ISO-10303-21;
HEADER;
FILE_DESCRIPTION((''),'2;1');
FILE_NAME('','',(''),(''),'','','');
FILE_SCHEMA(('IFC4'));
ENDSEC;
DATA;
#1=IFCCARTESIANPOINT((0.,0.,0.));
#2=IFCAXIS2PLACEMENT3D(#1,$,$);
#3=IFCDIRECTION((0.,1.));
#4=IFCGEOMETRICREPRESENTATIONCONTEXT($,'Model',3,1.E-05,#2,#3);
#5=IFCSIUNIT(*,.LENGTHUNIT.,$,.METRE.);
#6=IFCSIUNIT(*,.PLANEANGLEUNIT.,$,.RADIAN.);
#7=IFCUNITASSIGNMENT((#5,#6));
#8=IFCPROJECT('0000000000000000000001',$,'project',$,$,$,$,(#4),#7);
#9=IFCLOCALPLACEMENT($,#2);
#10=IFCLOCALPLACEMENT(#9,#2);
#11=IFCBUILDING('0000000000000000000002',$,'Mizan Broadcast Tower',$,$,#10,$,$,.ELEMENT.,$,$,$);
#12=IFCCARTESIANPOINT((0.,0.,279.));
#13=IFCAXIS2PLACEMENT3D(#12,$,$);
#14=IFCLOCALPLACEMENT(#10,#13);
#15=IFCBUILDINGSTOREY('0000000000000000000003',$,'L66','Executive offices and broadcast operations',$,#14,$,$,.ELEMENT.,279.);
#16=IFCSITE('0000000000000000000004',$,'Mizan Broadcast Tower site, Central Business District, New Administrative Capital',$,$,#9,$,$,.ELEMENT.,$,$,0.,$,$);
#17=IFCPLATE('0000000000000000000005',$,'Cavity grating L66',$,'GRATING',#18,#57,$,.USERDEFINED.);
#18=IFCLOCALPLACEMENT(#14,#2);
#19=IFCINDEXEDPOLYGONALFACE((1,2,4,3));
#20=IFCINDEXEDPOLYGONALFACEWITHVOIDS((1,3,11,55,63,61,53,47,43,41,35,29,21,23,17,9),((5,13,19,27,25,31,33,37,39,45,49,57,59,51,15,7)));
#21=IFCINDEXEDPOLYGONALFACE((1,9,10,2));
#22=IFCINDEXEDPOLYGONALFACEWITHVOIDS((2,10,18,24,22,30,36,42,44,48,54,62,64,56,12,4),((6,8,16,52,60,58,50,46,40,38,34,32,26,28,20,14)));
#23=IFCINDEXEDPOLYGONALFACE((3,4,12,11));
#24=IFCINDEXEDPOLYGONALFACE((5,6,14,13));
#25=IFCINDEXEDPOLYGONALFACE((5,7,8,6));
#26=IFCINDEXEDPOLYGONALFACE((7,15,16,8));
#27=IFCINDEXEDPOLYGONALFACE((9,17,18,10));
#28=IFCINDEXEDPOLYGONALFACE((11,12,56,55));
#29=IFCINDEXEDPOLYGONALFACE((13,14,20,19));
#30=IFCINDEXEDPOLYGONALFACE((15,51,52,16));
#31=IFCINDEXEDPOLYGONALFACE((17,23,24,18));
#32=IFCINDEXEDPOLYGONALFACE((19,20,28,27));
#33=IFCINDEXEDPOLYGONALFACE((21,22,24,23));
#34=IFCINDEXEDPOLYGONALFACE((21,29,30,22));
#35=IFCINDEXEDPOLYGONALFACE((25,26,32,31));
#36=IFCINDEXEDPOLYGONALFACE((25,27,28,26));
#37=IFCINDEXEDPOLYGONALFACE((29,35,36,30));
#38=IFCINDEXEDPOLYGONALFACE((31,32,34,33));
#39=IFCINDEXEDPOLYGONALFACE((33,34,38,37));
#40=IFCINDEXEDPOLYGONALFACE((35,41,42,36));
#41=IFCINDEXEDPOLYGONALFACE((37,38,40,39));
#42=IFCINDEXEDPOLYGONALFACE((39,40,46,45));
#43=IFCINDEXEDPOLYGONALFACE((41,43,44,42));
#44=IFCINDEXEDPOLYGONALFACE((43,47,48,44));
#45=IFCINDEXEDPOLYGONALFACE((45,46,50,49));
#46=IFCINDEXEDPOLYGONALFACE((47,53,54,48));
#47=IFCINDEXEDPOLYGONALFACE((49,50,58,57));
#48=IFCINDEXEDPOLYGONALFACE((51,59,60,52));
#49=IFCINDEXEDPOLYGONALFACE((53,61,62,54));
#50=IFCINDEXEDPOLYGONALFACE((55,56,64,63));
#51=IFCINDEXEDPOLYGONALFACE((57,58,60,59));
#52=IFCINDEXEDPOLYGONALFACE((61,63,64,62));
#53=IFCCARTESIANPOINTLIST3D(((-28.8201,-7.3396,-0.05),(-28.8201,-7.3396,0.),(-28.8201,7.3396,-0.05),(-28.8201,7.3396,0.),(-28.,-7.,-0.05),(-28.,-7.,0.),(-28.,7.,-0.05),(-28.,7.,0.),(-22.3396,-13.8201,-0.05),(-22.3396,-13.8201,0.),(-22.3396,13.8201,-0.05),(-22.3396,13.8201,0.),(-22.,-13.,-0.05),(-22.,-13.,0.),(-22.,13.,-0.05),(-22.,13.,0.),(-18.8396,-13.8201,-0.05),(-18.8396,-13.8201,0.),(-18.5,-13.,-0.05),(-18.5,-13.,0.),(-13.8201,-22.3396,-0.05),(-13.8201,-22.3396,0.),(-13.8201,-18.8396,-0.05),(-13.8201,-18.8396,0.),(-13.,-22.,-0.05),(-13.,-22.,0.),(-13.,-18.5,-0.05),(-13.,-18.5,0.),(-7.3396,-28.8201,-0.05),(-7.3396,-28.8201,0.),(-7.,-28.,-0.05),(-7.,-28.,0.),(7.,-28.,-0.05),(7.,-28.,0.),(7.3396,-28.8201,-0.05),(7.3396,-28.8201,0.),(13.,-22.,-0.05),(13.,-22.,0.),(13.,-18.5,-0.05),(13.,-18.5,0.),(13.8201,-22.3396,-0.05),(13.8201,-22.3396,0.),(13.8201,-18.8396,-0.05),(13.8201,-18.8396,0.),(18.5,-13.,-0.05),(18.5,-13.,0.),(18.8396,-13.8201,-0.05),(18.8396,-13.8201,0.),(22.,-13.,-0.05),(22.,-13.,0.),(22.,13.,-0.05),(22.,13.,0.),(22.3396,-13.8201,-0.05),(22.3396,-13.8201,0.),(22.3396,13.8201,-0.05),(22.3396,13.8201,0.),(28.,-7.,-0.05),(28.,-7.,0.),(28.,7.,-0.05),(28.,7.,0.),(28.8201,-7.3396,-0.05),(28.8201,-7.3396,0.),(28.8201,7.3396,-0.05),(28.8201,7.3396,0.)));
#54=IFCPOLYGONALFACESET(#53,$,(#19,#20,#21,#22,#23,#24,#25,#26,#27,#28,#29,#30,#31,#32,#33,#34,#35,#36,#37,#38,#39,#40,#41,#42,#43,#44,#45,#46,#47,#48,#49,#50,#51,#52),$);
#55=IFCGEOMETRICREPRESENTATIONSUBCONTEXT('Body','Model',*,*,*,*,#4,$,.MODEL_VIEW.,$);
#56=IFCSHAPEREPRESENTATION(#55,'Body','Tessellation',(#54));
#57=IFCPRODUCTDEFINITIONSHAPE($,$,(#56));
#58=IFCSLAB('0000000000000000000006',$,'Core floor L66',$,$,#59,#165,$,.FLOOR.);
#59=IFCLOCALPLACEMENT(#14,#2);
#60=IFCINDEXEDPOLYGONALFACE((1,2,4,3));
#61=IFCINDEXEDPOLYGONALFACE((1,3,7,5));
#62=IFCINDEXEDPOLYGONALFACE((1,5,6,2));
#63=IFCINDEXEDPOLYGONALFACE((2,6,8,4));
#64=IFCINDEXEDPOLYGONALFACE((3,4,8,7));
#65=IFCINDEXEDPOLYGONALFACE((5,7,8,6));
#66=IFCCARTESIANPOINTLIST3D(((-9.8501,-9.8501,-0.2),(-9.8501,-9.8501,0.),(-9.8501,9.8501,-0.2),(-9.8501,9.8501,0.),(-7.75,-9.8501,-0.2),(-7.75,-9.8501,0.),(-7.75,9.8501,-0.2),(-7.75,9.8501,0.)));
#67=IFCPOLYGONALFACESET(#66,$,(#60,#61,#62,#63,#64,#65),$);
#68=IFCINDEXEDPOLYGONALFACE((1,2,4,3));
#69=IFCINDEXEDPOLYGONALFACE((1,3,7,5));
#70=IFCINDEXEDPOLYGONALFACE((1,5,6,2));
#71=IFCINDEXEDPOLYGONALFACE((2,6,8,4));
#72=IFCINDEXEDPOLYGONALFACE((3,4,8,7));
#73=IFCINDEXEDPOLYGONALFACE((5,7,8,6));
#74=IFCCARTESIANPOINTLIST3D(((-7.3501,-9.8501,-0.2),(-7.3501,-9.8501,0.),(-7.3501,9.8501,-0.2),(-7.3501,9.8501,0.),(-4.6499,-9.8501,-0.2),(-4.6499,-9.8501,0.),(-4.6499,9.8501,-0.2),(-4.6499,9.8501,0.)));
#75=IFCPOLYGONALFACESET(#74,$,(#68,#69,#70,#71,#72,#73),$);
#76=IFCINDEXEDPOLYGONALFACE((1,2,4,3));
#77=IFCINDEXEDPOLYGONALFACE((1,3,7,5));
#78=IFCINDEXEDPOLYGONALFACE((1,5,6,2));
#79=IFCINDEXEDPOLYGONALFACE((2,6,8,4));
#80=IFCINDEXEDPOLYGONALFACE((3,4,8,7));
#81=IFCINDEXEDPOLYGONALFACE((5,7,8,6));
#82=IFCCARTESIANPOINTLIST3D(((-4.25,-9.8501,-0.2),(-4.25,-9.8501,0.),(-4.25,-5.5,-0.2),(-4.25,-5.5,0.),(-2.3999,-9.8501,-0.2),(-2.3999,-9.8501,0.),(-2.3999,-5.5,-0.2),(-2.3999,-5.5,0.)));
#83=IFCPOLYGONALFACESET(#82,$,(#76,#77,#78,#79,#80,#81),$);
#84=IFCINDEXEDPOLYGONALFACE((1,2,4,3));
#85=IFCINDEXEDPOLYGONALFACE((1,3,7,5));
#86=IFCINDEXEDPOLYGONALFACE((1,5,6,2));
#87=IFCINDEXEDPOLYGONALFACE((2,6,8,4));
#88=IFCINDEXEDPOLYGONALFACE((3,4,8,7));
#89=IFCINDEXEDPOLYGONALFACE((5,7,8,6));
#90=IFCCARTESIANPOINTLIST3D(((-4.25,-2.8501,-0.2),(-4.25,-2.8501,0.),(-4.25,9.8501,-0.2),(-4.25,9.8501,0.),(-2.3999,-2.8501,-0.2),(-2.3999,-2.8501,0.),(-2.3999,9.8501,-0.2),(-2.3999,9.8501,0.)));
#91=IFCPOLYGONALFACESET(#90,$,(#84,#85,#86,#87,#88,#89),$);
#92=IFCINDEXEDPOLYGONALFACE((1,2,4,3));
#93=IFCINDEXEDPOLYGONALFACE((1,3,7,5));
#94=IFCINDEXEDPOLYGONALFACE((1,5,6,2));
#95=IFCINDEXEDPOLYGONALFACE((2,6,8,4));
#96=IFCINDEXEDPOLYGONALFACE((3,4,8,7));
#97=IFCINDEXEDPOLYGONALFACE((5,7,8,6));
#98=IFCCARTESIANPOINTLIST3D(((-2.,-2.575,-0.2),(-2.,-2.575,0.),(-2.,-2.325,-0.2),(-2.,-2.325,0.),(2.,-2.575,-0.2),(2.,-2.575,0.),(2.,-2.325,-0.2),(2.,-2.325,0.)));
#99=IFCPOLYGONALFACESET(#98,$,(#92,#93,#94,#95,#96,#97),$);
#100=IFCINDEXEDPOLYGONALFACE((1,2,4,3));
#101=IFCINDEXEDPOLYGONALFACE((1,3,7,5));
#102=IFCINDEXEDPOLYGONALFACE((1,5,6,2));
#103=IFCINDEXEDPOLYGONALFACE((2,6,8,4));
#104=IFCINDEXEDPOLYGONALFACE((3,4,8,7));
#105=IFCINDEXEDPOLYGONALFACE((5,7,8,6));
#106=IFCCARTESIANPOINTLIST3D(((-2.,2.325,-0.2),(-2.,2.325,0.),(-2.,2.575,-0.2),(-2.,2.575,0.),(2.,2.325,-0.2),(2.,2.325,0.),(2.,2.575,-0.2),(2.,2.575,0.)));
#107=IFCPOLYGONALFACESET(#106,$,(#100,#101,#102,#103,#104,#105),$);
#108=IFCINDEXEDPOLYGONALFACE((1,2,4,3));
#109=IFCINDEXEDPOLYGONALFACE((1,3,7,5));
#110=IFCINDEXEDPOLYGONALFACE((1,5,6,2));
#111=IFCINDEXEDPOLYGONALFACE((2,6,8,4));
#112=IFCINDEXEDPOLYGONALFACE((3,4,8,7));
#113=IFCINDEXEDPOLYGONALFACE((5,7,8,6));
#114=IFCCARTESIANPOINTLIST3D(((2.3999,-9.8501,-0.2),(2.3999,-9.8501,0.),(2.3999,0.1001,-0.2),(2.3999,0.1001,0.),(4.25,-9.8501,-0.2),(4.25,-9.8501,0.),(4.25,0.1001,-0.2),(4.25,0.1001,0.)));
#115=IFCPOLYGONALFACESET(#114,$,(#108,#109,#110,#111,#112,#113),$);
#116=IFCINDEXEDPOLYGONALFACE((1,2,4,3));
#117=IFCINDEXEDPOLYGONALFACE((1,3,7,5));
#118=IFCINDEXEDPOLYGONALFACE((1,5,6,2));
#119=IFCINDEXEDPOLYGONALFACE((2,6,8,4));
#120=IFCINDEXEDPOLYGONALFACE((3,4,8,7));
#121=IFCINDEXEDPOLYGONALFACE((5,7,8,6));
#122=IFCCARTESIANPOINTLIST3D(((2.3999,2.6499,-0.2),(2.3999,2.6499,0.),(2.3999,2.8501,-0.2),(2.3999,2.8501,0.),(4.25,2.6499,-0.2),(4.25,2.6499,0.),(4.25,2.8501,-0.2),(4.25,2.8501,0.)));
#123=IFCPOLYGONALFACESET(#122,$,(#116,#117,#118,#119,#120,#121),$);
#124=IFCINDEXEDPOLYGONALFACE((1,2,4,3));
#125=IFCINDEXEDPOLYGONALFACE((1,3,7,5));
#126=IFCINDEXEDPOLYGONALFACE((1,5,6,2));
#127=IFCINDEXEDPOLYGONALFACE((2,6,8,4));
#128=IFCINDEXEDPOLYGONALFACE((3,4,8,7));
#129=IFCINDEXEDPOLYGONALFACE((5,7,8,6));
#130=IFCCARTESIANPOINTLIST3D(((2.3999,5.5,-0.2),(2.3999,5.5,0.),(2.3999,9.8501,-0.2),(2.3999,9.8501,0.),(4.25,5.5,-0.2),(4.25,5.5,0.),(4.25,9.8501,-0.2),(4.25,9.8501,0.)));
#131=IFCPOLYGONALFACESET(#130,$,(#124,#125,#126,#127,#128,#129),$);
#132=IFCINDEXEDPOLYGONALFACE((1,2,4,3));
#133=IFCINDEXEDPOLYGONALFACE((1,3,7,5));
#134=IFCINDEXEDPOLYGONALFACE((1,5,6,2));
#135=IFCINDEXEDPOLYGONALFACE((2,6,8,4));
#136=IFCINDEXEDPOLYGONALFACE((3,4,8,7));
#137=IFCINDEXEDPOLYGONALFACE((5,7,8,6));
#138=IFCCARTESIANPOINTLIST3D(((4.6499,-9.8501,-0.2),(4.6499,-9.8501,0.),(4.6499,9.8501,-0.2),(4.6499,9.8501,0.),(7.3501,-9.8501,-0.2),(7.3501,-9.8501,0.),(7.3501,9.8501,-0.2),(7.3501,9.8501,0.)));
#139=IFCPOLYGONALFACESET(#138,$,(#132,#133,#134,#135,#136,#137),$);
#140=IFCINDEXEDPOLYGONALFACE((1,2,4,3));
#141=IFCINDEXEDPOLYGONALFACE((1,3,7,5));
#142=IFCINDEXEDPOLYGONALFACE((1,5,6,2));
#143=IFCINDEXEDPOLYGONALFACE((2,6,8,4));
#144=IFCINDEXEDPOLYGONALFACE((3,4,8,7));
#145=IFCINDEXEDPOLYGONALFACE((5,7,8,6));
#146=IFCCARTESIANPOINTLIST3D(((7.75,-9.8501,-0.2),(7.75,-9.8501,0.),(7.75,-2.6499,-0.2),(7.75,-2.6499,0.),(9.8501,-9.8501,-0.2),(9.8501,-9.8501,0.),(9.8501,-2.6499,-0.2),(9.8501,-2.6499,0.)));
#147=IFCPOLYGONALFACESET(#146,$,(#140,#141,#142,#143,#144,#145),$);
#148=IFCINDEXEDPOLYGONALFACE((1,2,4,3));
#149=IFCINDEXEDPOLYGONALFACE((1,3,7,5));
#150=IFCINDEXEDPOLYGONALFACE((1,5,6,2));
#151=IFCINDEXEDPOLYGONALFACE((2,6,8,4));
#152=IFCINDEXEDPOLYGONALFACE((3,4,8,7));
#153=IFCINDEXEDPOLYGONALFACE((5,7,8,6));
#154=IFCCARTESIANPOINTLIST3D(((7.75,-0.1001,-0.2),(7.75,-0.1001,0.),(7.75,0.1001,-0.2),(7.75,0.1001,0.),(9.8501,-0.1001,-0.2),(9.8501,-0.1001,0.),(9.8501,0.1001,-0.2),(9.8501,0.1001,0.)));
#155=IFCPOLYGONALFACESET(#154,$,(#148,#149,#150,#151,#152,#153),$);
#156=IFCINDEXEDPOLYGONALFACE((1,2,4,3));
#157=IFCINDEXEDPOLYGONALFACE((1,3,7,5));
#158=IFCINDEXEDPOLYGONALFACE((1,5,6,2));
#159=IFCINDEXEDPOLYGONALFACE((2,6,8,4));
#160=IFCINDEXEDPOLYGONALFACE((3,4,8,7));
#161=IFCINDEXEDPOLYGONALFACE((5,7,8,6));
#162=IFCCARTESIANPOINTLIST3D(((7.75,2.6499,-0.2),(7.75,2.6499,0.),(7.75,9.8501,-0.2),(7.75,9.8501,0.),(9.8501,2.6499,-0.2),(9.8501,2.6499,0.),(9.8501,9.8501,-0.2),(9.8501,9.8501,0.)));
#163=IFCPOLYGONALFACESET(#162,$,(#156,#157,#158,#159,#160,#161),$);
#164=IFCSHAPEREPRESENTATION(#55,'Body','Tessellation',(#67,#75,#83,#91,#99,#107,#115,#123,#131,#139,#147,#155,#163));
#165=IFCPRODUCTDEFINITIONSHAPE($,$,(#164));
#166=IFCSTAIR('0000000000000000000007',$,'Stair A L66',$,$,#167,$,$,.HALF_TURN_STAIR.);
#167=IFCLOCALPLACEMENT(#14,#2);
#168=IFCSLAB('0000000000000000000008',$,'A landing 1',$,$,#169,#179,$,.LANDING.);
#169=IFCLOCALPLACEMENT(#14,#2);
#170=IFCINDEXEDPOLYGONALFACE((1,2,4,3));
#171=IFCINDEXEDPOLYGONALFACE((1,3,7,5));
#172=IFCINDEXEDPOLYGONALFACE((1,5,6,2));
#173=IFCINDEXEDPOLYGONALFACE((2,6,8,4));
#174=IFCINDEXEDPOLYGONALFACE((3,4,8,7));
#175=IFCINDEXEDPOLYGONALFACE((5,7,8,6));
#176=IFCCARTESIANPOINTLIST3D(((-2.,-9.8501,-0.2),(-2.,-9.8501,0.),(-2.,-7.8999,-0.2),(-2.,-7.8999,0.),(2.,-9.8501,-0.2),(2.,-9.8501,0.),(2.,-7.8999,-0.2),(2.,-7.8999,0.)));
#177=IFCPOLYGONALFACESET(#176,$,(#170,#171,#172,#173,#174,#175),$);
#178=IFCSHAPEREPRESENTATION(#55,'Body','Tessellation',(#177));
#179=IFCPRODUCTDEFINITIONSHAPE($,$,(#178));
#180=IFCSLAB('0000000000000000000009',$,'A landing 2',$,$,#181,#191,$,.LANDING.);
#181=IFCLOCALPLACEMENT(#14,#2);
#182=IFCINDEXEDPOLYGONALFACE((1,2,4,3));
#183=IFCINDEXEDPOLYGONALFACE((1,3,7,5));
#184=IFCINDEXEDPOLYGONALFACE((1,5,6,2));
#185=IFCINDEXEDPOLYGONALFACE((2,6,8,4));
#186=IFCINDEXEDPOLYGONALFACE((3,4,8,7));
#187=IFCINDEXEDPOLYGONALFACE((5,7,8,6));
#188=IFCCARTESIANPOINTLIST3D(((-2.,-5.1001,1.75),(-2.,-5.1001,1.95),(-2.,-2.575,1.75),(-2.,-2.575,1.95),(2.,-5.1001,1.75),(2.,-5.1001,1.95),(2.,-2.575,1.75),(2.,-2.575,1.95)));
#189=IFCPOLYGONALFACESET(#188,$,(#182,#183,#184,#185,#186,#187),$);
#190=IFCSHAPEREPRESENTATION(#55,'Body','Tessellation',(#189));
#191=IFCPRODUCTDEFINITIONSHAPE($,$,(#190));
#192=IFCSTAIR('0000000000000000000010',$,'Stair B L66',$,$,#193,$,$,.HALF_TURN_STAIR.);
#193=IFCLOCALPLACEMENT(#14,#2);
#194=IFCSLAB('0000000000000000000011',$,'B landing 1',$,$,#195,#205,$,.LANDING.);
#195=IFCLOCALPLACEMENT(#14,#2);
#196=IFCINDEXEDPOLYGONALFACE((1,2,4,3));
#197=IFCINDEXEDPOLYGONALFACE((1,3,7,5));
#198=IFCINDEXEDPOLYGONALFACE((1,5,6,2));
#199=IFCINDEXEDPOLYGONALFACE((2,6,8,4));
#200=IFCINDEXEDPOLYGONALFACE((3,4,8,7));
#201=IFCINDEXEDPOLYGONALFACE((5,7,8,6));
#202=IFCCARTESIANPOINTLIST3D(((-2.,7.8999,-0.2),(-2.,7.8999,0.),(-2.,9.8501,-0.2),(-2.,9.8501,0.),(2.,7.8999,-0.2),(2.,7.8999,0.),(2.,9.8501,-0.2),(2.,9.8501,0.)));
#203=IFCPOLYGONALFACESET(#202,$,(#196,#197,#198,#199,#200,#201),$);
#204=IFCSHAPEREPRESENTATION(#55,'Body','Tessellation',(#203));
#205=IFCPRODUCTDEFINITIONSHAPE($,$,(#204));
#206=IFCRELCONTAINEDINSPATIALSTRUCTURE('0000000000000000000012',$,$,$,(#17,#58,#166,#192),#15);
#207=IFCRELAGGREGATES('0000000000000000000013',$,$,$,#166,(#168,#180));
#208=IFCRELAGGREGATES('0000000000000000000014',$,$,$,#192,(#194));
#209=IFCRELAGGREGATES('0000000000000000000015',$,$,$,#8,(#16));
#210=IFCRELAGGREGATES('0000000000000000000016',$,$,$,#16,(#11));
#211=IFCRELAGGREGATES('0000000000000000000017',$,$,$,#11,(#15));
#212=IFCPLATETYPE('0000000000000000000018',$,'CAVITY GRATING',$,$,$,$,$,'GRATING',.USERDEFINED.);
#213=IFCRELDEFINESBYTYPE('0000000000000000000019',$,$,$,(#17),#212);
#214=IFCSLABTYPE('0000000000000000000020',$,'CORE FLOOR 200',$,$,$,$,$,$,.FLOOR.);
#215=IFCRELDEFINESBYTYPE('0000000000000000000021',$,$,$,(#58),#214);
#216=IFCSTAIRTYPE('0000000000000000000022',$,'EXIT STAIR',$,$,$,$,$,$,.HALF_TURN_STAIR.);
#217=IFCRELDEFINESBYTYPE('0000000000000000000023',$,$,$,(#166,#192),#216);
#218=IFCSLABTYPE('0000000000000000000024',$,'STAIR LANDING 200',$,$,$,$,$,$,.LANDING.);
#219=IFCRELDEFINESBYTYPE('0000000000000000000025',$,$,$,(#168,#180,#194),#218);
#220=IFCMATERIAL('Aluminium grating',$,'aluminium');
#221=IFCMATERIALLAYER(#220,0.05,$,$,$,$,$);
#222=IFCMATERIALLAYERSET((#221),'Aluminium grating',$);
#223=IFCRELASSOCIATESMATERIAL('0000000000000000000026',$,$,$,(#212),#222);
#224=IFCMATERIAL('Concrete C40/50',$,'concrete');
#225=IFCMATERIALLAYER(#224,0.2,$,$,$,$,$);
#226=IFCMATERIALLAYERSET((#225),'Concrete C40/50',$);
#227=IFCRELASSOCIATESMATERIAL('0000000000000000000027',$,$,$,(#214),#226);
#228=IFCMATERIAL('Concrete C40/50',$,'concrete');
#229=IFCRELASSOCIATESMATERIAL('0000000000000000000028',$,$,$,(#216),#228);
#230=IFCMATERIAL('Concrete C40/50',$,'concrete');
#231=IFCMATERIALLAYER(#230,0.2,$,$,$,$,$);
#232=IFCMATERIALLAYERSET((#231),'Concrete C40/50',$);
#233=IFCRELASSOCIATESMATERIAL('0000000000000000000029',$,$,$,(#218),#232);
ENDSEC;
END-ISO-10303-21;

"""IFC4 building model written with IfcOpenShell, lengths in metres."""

from ifc_helpers import new_model, si_unit, direction, frame, origin, place, context, subcontext, project, spatial, polyline, outline, extrude, material, layer, layer_set, type_object, element, aggregate, save


model = new_model("IFC4")

# Units and contexts
model_context = context("Model", 3, precision=1e-05, world=origin(), true_north=direction((0.0, 1.0)))
body_context = subcontext(model_context, "Body", "Model", "MODEL_VIEW")
ifc_project = project(units=[si_unit("LENGTHUNIT", "METRE"), si_unit("PLANEANGLEUNIT", "RADIAN")], contexts=[model_context])

# Site, building, storey
site_placement = place(None, origin())
site = spatial("IfcSite", under=ifc_project, at=site_placement, Name="Mizan Broadcast Tower site, Central Business District, New Administrative Capital", CompositionType="ELEMENT", RefElevation=0.0)
building_placement = place(site_placement, origin())
building = spatial("IfcBuilding", under=site, at=building_placement, Name="Mizan Broadcast Tower", CompositionType="ELEMENT")
storey_placement = place(building_placement, frame((0.0, 0.0, 279.0)))
storey = spatial("IfcBuildingStorey", under=building, at=storey_placement, Name="L66", Description="Executive offices and broadcast operations", CompositionType="ELEMENT", Elevation=279.0)

# Plate
ifc_material_1 = material(Name="Aluminium grating", Category="aluminium")
ifc_layer_1 = layer(ifc_material_1, 0.05)
ifc_layer_set_1 = layer_set([ifc_layer_1], Name="Aluminium grating")
plate_type = type_object("IfcPlateType", Name="CAVITY GRATING", ElementType="GRATING", PredefinedType="USERDEFINED", material=ifc_layer_set_1)
plate_placement = place(storey_placement, frame((0.0, 0.0, -0.05)))
element("IfcPlate", 1, at=plate_placement, inside=storey, type_object=plate_type, Name="Cavity grating L66", ObjectType="GRATING", PredefinedType="USERDEFINED", context=body_context, shape_type="SweptSolid", body=[
    extrude(outline(polyline([(-22.3396, 13.8201), (-28.8201, 7.3396), (-28.8201, -7.3396), (-22.3396, -13.8201), (-18.8396, -13.8201), (-13.8201, -18.8396), (-13.8201, -22.3396), (-7.3396, -28.8201), (7.3396, -28.8201), (13.8201, -22.3396), (13.8201, -18.8396), (18.8396, -13.8201), (22.3396, -13.8201), (28.8201, -7.3396), (28.8201, 7.3396), (22.3396, 13.8201), (-22.3396, 13.8201)]), holes=[polyline([(-18.5, -13.0), (-22.0, -13.0), (-28.0, -7.0), (-28.0, 7.0), (-22.0, 13.0), (22.0, 13.0), (28.0, 7.0), (28.0, -7.0), (22.0, -13.0), (18.5, -13.0), (13.0, -18.5), (13.0, -22.0), (7.0, -28.0), (-7.0, -28.0), (-13.0, -22.0), (-13.0, -18.5), (-18.5, -13.0)])]), origin(), (0.0, 0.0, 1.0), 0.05),
])

# Slab
ifc_material_2 = material(Name="Concrete C40/50", Category="concrete")
ifc_layer_2 = layer(ifc_material_2, 0.2)
ifc_layer_set_2 = layer_set([ifc_layer_2], Name="Concrete C40/50")
slab_type_1 = type_object("IfcSlabType", Name="CORE FLOOR 200", PredefinedType="FLOOR", material=ifc_layer_set_2)
slab_1_placement = place(storey_placement, frame((0.0, 0.0, -0.2)))
element("IfcSlab", 2, at=slab_1_placement, inside=storey, type_object=slab_type_1, Name="Core floor L66", PredefinedType="FLOOR", context=body_context, shape_type="SweptSolid", body=[
    extrude(outline(polyline([(-9.8501, -9.8501), (-7.75, -9.8501), (-7.75, 9.8501), (-9.8501, 9.8501), (-9.8501, -9.8501)])), origin(), (0.0, 0.0, 1.0), 0.2),
    extrude(outline(polyline([(-4.6499, 9.8501), (-7.3501, 9.8501), (-7.3501, -9.8501), (-4.6499, -9.8501), (-4.6499, 9.8501)])), origin(), (0.0, 0.0, 1.0), 0.2),
    extrude(outline(polyline([(-4.25, -5.5), (-4.25, -9.8501), (-2.3999, -9.8501), (-2.3999, -5.5), (-4.25, -5.5)])), origin(), (0.0, 0.0, 1.0), 0.2),
    extrude(outline(polyline([(-4.25, -2.8501), (-2.3999, -2.8501), (-2.3999, 9.8501), (-4.25, 9.8501), (-4.25, -2.8501)])), origin(), (0.0, 0.0, 1.0), 0.2),
    extrude(outline(polyline([(2.0, -2.325), (-2.0, -2.325), (-2.0, -2.575), (2.0, -2.575), (2.0, -2.325)])), origin(), (0.0, 0.0, 1.0), 0.2),
    extrude(outline(polyline([(2.0, 2.575), (-2.0, 2.575), (-2.0, 2.325), (2.0, 2.325), (2.0, 2.575)])), origin(), (0.0, 0.0, 1.0), 0.2),
    extrude(outline(polyline([(4.25, -9.8501), (4.25, 0.1001), (2.3999, 0.1001), (2.3999, -9.8501), (4.25, -9.8501)])), origin(), (0.0, 0.0, 1.0), 0.2),
    extrude(outline(polyline([(4.25, 2.6499), (4.25, 2.8501), (2.3999, 2.8501), (2.3999, 2.6499), (4.25, 2.6499)])), origin(), (0.0, 0.0, 1.0), 0.2),
    extrude(outline(polyline([(4.25, 5.5), (4.25, 9.8501), (2.3999, 9.8501), (2.3999, 5.5), (4.25, 5.5)])), origin(), (0.0, 0.0, 1.0), 0.2),
    extrude(outline(polyline([(4.6499, 9.8501), (4.6499, -9.8501), (7.3501, -9.8501), (7.3501, 9.8501), (4.6499, 9.8501)])), origin(), (0.0, 0.0, 1.0), 0.2),
    extrude(outline(polyline([(9.8501, -9.8501), (9.8501, -2.6499), (7.75, -2.6499), (7.75, -9.8501), (9.8501, -9.8501)])), origin(), (0.0, 0.0, 1.0), 0.2),
    extrude(outline(polyline([(9.8501, -0.1001), (9.8501, 0.1001), (7.75, 0.1001), (7.75, -0.1001), (9.8501, -0.1001)])), origin(), (0.0, 0.0, 1.0), 0.2),
    extrude(outline(polyline([(7.75, 9.8501), (7.75, 2.6499), (9.8501, 2.6499), (9.8501, 9.8501), (7.75, 9.8501)])), origin(), (0.0, 0.0, 1.0), 0.2),
])

# Stairs, slabs
ifc_material_3 = material(Name="Concrete C40/50", Category="concrete")
stair_type = type_object("IfcStairType", Name="EXIT STAIR", PredefinedType="HALF_TURN_STAIR", material=ifc_material_3)
stair_1_placement = place(storey_placement, origin())
stair_1 = element("IfcStair", 3, at=stair_1_placement, inside=storey, type_object=stair_type, Name="Stair A L66", PredefinedType="HALF_TURN_STAIR")
ifc_material_4 = material(Name="Concrete C40/50", Category="concrete")
ifc_layer_3 = layer(ifc_material_4, 0.2)
ifc_layer_set_3 = layer_set([ifc_layer_3], Name="Concrete C40/50")
slab_type_2 = type_object("IfcSlabType", Name="STAIR LANDING 200", PredefinedType="LANDING", material=ifc_layer_set_3)
slab_2_placement = place(storey_placement, frame((0.0, 0.0, -0.2)))
slab_2 = element("IfcSlab", 4, at=slab_2_placement, type_object=slab_type_2, Name="A landing 1", PredefinedType="LANDING", context=body_context, shape_type="SweptSolid", body=[
    extrude(outline(polyline([(-2.0, -9.8501), (-2.0, -7.8999), (2.0, -7.8999), (2.0, -9.8501), (-2.0, -9.8501)])), origin(), (0.0, 0.0, 1.0), 0.2),
])
slab_3_placement = place(storey_placement, frame((0.0, 0.0, 1.75)))
slab_3 = element("IfcSlab", 5, at=slab_3_placement, type_object=slab_type_2, Name="A landing 2", PredefinedType="LANDING", context=body_context, shape_type="SweptSolid", body=[
    extrude(outline(polyline([(-2.0, -5.1001), (-2.0, -2.575), (2.0, -2.575), (2.0, -5.1001), (-2.0, -5.1001)])), origin(), (0.0, 0.0, 1.0), 0.2),
])
aggregate(stair_1, [slab_2, slab_3])
stair_2_placement = place(storey_placement, origin())
stair_2 = element("IfcStair", 6, at=stair_2_placement, inside=storey, type_object=stair_type, Name="Stair B L66", PredefinedType="HALF_TURN_STAIR")
slab_4_placement = place(storey_placement, frame((0.0, 0.0, -0.2)))
slab_4 = element("IfcSlab", 7, at=slab_4_placement, type_object=slab_type_2, Name="B landing 1", PredefinedType="LANDING", context=body_context, shape_type="SweptSolid", body=[
    extrude(outline(polyline([(2.0, 9.8501), (2.0, 7.8999), (-2.0, 7.8999), (-2.0, 9.8501), (2.0, 9.8501)])), origin(), (0.0, 0.0, 1.0), 0.2),
])

aggregate(stair_2, [slab_4])

save(model, "model.ifc")
